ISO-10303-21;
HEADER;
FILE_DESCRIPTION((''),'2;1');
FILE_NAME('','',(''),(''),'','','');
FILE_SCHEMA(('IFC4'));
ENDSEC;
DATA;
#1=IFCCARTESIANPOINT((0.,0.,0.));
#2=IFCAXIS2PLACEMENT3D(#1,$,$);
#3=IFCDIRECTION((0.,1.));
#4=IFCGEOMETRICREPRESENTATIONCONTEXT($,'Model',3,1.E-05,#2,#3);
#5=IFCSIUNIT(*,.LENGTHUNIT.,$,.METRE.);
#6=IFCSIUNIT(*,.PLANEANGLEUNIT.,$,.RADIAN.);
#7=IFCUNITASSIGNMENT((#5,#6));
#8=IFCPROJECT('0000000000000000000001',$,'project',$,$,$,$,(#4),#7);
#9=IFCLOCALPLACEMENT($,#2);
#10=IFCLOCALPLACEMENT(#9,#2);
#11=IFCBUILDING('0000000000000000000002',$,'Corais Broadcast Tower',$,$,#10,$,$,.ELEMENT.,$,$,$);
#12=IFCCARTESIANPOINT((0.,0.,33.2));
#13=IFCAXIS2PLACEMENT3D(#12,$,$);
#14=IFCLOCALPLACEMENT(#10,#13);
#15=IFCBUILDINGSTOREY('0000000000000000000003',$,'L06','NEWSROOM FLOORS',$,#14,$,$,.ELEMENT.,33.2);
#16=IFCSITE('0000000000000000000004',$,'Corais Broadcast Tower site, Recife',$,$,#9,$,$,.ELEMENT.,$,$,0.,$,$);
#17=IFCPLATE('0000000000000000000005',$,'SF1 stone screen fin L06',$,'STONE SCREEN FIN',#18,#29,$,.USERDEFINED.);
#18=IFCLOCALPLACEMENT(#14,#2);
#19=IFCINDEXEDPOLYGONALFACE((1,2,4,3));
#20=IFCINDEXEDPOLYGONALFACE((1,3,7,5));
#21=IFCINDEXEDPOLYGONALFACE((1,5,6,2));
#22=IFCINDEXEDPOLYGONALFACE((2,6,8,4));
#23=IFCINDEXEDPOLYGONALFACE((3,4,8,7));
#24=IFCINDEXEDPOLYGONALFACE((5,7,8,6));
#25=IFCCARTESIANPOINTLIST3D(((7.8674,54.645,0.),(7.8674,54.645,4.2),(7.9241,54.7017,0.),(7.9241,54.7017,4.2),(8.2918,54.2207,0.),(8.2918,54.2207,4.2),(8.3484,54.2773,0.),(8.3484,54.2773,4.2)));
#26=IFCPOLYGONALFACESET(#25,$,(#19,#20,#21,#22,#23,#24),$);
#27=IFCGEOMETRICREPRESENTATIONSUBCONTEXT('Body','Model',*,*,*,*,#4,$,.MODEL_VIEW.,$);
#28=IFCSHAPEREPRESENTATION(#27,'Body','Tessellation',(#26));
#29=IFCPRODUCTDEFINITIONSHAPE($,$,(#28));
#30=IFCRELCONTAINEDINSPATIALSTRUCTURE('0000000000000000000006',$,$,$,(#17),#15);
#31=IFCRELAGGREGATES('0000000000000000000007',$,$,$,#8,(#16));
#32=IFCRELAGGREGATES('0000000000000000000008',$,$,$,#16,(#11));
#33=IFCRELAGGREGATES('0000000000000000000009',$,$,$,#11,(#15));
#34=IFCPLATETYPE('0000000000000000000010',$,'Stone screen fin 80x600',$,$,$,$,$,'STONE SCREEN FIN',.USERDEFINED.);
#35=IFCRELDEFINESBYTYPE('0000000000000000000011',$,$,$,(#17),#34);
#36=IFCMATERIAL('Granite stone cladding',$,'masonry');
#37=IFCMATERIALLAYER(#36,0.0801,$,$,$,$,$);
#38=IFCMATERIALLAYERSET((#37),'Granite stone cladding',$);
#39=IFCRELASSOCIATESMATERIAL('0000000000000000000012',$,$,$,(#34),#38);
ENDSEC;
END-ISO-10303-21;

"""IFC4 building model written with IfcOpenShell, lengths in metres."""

from ifc_helpers import new_model, si_unit, direction, frame, origin, origin_2d, place, context, subcontext, project, spatial, rectangle, extrude, material, layer, layer_set, type_object, element, save


model = new_model("IFC4")

# Units and contexts
model_context = context("Model", 3, precision=1e-05, world=origin(), true_north=direction((0.0, 1.0)))
body_context = subcontext(model_context, "Body", "Model", "MODEL_VIEW")
ifc_project = project(units=[si_unit("LENGTHUNIT", "METRE"), si_unit("PLANEANGLEUNIT", "RADIAN")], contexts=[model_context])

# Site, building, storey
site_placement = place(None, origin())
site = spatial("IfcSite", under=ifc_project, at=site_placement, Name="Corais Broadcast Tower site, Recife", CompositionType="ELEMENT", RefElevation=0.0)
building_placement = place(site_placement, origin())
building = spatial("IfcBuilding", under=site, at=building_placement, Name="Corais Broadcast Tower", CompositionType="ELEMENT")
storey_placement = place(building_placement, frame((0.0, 0.0, 33.2)))
storey = spatial("IfcBuildingStorey", under=building, at=storey_placement, Name="L06", Description="NEWSROOM FLOORS", CompositionType="ELEMENT", Elevation=33.2)

# Plate
ifc_material_1 = material(Name="Granite stone cladding", Category="masonry")
ifc_layer_1 = layer(ifc_material_1, 0.0801)
ifc_layer_set_1 = layer_set([ifc_layer_1], Name="Granite stone cladding")
plate_type_1 = type_object("IfcPlateType", Name="Stone screen fin 80x600", ElementType="STONE SCREEN FIN", PredefinedType="USERDEFINED", material=ifc_layer_set_1)
for number, where, z_axis, x_axis, name in (
    (1, (8.1079, 54.4612, 0.0), (0.0, 0.0, 1.0), (0.707107, 0.707107, 0.0), "SF1 stone screen fin L06"),
):
    element("IfcPlate", number, at=place(storey_placement, frame(where, z_axis=z_axis, x_axis=x_axis)), inside=storey, type_object=plate_type_1, Name=name, ObjectType="STONE SCREEN FIN", PredefinedType="USERDEFINED", context=body_context, shape_type="SweptSolid", body=[
        extrude(rectangle(XDim=0.0801, YDim=0.6001, at=origin_2d()), origin(), (0.0, 0.0, 1.0), 4.2),
    ])

save(model, "model.ifc")
